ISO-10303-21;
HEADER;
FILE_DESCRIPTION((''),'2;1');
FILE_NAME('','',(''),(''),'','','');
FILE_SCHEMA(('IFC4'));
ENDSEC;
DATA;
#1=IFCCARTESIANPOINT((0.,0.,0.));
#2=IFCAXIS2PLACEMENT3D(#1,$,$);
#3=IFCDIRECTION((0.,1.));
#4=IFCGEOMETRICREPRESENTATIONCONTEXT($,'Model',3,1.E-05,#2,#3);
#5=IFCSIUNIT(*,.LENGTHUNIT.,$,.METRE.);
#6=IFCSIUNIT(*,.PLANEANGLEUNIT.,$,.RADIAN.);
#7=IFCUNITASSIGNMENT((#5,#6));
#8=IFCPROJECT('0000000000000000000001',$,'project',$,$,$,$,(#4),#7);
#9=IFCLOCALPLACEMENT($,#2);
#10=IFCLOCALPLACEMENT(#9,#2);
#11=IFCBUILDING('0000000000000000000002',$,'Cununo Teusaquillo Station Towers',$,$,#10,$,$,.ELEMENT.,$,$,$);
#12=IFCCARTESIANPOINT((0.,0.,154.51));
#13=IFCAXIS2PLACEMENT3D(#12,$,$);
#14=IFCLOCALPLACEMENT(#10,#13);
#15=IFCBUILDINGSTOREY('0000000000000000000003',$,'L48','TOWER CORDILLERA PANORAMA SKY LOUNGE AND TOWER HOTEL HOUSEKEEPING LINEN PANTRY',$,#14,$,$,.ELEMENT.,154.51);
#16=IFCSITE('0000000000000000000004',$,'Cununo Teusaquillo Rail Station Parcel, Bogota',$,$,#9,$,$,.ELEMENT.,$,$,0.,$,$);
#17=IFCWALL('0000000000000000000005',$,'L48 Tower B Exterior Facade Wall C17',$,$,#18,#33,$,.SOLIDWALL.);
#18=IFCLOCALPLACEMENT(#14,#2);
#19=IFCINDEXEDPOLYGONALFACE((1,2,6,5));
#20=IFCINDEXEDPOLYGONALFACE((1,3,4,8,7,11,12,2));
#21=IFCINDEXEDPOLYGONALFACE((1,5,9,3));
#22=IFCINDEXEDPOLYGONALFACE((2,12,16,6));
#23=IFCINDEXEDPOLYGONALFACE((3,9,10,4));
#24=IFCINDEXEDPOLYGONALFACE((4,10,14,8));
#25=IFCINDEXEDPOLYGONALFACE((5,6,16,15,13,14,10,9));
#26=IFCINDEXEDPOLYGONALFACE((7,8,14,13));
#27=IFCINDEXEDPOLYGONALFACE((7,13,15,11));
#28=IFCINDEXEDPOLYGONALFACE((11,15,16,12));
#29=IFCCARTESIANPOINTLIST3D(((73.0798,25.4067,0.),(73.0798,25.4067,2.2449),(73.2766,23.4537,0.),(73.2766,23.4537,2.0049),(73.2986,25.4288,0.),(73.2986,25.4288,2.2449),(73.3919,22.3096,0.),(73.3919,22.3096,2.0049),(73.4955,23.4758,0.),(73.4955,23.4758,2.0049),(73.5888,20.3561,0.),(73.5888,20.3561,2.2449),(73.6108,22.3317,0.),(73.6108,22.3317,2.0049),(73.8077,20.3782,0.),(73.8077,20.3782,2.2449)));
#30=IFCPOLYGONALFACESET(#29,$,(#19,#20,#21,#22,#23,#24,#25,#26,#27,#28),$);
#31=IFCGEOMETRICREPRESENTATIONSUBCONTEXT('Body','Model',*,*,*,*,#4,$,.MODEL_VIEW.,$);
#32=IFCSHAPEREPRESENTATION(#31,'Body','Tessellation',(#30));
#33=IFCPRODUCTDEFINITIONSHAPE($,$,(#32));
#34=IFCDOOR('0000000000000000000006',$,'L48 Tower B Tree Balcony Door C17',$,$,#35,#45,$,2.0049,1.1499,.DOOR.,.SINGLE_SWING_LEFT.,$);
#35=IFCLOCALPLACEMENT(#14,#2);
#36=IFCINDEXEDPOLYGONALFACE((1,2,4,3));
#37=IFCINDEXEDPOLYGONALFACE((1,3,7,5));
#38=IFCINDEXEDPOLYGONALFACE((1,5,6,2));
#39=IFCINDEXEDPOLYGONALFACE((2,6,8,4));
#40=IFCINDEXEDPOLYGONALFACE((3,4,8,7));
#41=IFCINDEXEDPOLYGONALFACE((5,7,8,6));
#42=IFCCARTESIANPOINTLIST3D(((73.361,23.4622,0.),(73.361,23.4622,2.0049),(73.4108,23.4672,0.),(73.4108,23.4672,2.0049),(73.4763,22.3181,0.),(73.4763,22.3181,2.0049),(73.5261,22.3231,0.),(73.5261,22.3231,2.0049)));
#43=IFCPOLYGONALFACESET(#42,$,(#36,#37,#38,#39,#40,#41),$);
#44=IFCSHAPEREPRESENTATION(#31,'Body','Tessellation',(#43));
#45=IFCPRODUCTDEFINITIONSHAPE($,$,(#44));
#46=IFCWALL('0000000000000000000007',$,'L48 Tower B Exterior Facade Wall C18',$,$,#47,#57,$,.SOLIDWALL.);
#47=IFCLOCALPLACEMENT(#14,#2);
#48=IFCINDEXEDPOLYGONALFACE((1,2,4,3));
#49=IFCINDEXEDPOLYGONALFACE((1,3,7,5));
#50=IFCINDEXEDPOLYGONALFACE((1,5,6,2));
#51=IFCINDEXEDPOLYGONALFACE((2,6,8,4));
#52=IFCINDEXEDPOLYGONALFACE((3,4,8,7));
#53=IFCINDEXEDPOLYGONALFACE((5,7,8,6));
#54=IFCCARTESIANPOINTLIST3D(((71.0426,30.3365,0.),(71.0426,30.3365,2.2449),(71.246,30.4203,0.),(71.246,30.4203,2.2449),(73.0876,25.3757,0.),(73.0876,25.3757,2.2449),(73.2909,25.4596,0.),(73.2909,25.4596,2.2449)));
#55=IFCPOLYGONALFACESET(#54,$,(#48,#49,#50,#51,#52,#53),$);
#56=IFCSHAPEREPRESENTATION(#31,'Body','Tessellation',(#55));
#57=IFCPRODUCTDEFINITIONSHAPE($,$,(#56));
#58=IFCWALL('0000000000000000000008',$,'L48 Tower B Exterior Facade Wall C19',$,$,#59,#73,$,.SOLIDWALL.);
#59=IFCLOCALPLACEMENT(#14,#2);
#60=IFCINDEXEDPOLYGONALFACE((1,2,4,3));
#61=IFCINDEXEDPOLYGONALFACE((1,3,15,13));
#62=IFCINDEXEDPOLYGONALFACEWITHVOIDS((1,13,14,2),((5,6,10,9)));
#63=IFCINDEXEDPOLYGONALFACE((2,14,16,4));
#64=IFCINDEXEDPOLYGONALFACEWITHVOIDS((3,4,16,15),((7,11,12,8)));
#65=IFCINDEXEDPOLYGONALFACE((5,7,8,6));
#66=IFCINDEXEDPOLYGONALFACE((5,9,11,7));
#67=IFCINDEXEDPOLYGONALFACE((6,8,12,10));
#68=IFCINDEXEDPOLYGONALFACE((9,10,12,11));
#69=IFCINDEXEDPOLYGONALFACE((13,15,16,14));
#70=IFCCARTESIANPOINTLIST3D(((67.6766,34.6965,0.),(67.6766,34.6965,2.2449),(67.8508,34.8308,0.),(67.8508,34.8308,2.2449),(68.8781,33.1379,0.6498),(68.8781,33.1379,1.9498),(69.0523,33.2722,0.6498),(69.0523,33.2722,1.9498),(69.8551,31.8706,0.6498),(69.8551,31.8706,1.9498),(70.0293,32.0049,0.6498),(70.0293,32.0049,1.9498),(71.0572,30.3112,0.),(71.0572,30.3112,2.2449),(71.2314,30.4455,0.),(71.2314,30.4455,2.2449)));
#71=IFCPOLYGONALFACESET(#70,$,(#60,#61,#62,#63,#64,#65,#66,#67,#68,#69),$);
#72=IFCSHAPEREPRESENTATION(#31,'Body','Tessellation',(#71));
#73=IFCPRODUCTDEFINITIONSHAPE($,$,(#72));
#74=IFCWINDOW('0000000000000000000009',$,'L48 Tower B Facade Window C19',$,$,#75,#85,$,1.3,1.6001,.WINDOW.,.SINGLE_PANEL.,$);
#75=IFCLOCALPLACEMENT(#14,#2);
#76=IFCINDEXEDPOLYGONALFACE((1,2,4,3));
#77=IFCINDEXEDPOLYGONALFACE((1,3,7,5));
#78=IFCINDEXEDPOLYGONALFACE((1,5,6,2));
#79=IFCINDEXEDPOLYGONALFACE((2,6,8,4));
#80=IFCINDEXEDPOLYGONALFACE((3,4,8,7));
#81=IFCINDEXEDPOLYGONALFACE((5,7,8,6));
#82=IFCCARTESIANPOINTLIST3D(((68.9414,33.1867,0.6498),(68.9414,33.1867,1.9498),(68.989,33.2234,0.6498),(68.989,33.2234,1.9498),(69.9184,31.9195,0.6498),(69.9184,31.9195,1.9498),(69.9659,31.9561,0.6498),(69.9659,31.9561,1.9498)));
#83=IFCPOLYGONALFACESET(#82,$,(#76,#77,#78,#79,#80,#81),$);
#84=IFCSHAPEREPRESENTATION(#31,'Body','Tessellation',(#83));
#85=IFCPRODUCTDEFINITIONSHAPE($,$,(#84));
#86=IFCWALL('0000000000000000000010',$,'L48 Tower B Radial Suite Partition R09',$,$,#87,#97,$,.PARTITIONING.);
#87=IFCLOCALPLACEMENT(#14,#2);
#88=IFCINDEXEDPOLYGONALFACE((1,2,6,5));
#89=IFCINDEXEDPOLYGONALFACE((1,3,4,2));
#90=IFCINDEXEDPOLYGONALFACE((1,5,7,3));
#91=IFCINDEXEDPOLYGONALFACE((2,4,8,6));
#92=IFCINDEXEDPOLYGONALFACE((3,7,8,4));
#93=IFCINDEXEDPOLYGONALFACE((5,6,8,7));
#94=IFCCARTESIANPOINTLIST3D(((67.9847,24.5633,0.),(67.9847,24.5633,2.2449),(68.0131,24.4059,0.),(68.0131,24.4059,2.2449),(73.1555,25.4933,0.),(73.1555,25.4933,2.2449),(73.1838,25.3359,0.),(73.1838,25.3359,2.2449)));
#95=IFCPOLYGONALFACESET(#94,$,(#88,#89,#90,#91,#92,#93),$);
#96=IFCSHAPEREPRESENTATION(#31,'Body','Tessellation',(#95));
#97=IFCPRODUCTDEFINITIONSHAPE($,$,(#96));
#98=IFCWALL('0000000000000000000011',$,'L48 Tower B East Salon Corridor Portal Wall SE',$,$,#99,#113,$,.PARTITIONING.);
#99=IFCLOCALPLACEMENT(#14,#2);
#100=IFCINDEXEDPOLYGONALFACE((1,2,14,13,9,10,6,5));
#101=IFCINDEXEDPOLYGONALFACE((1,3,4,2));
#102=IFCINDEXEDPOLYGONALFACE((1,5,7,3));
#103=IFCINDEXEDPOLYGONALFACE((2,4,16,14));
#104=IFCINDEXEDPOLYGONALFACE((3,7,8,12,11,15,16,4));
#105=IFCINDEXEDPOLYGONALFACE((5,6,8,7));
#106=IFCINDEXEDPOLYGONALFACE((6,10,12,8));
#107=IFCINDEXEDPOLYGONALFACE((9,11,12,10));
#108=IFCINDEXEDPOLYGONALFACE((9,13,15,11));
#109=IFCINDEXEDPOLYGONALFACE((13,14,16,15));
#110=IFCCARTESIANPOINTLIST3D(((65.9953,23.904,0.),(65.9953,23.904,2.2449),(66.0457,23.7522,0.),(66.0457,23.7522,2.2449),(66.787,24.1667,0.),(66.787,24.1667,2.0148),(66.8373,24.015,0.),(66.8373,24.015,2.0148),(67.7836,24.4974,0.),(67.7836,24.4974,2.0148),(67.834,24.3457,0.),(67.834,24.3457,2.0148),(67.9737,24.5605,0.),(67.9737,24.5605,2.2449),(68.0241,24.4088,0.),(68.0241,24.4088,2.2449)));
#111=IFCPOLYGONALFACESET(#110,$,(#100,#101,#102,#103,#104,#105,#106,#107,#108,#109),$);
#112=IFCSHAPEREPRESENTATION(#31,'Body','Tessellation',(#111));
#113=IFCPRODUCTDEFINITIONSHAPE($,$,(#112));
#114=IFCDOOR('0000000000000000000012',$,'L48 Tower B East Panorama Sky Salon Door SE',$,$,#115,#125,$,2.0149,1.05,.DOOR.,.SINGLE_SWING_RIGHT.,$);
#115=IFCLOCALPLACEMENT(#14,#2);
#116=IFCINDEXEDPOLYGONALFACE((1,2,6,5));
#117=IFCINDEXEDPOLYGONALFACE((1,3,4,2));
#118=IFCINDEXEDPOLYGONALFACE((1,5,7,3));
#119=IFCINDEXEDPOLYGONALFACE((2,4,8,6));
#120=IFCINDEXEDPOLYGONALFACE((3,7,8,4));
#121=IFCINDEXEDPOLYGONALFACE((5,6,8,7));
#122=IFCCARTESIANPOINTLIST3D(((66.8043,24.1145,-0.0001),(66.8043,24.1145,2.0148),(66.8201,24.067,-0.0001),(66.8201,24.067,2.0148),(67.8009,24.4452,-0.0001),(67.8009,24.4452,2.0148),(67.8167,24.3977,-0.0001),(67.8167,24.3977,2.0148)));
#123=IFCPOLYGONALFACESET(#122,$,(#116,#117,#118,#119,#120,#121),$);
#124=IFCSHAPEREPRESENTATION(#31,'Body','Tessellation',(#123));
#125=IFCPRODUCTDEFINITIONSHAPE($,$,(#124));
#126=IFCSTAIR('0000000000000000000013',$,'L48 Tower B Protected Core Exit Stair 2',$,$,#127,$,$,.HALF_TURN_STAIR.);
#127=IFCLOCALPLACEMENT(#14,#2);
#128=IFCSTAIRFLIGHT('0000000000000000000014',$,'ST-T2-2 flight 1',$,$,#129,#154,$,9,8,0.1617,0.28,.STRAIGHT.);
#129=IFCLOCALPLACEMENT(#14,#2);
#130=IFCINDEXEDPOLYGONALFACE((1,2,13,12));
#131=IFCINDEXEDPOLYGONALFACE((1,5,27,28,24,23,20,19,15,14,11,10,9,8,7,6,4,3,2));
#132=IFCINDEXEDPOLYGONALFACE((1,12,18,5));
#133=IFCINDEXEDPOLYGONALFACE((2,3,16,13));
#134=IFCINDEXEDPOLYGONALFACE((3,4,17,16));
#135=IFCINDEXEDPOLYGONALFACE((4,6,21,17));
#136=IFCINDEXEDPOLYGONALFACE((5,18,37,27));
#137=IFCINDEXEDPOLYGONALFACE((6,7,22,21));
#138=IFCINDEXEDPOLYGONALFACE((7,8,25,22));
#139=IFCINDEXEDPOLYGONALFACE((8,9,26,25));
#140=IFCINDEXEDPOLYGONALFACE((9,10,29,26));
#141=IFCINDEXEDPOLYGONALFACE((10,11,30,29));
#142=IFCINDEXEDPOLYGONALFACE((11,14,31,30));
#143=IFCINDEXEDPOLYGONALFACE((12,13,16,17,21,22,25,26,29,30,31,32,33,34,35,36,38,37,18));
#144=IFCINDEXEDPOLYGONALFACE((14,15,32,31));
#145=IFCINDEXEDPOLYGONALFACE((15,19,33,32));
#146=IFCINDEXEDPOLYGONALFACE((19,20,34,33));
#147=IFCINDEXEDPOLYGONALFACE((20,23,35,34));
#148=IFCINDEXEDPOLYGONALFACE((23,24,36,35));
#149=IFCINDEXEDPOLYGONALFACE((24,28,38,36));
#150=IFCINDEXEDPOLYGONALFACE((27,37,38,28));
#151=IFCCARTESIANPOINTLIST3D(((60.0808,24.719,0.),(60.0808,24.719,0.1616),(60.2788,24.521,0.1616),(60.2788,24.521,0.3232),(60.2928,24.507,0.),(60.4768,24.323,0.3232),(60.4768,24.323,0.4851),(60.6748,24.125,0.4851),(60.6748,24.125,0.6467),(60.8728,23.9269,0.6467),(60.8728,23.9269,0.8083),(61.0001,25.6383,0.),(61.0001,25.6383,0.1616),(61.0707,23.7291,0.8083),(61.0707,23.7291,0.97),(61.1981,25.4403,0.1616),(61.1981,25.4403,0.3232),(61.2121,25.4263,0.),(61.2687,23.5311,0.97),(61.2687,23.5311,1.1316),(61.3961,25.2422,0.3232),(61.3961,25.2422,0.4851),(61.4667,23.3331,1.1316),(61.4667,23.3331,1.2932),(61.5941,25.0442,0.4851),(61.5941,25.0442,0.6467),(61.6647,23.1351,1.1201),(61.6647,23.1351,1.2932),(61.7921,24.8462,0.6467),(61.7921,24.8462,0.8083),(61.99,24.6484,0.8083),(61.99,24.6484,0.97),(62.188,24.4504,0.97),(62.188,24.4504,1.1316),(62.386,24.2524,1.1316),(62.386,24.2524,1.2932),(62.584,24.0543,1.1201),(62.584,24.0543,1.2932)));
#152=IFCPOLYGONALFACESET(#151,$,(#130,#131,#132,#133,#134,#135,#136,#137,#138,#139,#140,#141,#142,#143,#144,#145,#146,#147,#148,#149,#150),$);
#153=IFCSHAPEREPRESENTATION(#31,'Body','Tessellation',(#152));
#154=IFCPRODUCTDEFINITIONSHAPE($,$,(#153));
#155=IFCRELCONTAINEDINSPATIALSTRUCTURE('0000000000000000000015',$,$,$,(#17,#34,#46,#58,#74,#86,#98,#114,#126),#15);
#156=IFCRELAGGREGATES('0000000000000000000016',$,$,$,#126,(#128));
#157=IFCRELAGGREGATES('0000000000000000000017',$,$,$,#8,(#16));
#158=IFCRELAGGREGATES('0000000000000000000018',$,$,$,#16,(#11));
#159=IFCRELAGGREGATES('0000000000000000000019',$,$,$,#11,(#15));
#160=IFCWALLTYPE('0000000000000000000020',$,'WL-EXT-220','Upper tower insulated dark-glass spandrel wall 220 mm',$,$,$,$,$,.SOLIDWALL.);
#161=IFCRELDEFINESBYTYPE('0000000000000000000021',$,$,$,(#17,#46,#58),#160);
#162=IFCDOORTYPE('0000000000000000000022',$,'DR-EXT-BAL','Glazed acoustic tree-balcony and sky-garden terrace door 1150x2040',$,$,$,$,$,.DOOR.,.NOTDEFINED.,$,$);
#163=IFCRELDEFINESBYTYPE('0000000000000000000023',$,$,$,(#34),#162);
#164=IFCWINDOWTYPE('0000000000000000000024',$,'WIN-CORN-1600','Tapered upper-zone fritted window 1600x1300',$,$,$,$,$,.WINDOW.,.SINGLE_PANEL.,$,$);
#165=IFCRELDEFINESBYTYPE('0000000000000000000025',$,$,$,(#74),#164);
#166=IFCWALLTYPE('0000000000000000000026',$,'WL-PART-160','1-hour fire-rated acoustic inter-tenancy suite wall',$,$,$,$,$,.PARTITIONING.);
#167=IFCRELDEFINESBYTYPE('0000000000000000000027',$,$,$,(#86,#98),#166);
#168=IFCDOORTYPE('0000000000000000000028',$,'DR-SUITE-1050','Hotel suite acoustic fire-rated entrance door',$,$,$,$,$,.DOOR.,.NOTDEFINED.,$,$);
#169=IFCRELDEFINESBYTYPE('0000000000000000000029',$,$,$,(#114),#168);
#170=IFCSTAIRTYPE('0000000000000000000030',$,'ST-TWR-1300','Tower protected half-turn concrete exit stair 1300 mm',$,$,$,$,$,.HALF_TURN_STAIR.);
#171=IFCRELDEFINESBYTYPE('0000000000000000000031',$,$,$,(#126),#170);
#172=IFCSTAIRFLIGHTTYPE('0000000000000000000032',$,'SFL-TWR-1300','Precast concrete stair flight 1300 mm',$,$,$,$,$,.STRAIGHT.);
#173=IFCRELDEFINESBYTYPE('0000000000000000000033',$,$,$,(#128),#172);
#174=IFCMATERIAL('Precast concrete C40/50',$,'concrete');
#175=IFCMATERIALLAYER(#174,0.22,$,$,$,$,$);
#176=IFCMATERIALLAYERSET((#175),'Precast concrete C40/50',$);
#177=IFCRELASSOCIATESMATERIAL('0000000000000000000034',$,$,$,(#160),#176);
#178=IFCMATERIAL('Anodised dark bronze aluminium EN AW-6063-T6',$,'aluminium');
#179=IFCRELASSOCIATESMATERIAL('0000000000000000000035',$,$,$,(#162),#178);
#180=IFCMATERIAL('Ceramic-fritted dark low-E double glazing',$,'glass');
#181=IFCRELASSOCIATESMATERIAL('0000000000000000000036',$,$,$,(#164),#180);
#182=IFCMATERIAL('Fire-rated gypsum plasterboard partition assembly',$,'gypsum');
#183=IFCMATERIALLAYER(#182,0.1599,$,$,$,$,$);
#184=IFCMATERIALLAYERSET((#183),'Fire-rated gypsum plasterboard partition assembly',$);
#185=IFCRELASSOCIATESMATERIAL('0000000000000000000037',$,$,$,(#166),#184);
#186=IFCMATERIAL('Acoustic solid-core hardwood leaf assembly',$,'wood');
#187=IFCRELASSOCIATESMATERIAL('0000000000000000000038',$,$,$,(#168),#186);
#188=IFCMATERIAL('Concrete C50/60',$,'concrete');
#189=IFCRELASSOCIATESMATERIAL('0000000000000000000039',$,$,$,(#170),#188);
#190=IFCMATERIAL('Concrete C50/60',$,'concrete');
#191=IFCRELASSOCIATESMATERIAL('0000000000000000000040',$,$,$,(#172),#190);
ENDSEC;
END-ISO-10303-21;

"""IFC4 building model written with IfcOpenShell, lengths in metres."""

from ifc_helpers import new_model, si_unit, direction, frame, frame_2d, origin, place, context, subcontext, project, spatial, polyline, rectangle, outline, extrude, source, transform, mapped, material, layer, layer_set, type_object, element, fill, aggregate, save


model = new_model("IFC4")

# Units and contexts
model_context = context("Model", 3, precision=1e-05, world=origin(), true_north=direction((0.0, 1.0)))
body_context = subcontext(model_context, "Body", "Model", "MODEL_VIEW")
ifc_project = project(units=[si_unit("LENGTHUNIT", "METRE"), si_unit("PLANEANGLEUNIT", "RADIAN")], contexts=[model_context])

# Site, building, storey
site_placement = place(None, origin())
site = spatial("IfcSite", under=ifc_project, at=site_placement, Name="Cununo Teusaquillo Rail Station Parcel, Bogota", CompositionType="ELEMENT", RefElevation=0.0)
building_placement = place(site_placement, origin())
building = spatial("IfcBuilding", under=site, at=building_placement, Name="Cununo Teusaquillo Station Towers", CompositionType="ELEMENT")
storey_placement = place(building_placement, frame((0.0, 0.0, 154.51)))
storey = spatial("IfcBuildingStorey", under=building, at=storey_placement, Name="L48", Description="TOWER CORDILLERA PANORAMA SKY LOUNGE AND TOWER HOTEL HOUSEKEEPING LINEN PANTRY", CompositionType="ELEMENT", Elevation=154.51)

# Wall, opening, door
ifc_material_1 = material(Name="Precast concrete C40/50", Category="concrete")
ifc_layer_1 = layer(ifc_material_1, 0.22)
ifc_layer_set_1 = layer_set([ifc_layer_1], Name="Precast concrete C40/50")
wall_type_1 = type_object("IfcWallType", Name="WL-EXT-220", Description="Upper tower insulated dark-glass spandrel wall 220 mm", PredefinedType="SOLIDWALL", material=ifc_layer_set_1)
wall_1_placement = place(storey_placement, frame((73.1892, 25.4177, 0.0), z_axis=(0.0, 0.0, 1.0), x_axis=(0.10028, -0.994959, 0.0)))
wall_1 = element("IfcWall", 1, at=wall_1_placement, inside=storey, type_object=wall_type_1, Name="L48 Tower B Exterior Facade Wall C17", PredefinedType="SOLIDWALL", context=body_context, shape_type="SweptSolid", body=[
    extrude(rectangle(XDim=5.0762, YDim=0.22, at=frame_2d((2.5381, 0.0))), origin(), (0.0, 0.0, 1.0), 2.2449),
])
shared_shape_1 = source(origin(), body_context, "Body", "SweptSolid", [
    extrude(rectangle(XDim=1.1499, YDim=2.0049, at=frame_2d((0.575, 1.0024))), frame((0.0, 0.1199, 0.0), z_axis=(0.0, -1.0, 0.0), x_axis=(1.0, 0.0, 0.0)), (0.0, 0.0, 1.0), 0.24),
])
opening_1_placement = place(wall_1_placement, frame((1.9629, 0.0, 0.0)))
opening_1 = element("IfcOpeningElement", 2, at=opening_1_placement, cuts=wall_1, PredefinedType="OPENING", context=body_context, shape_type="MappedRepresentation", body=[
    mapped(shared_shape_1, transform((0.0, 0.0, 0.0), x_axis=(1.0, 0.0, 0.0), y_axis=(0.0, 1.0, 0.0), z_axis=(0.0, 0.0, 1.0), scale=1.0)),
])
ifc_material_2 = material(Name="Anodised dark bronze aluminium EN AW-6063-T6", Category="aluminium")
door_type_1 = type_object("IfcDoorType", Name="DR-EXT-BAL", Description="Glazed acoustic tree-balcony and sky-garden terrace door 1150x2040", OperationType="NOTDEFINED", PredefinedType="DOOR", material=ifc_material_2)
shared_shape_2 = source(origin(), body_context, "Body", "SweptSolid", [
    extrude(rectangle(XDim=1.1499, YDim=2.0049, at=frame_2d((0.575, 1.0024))), frame((0.0, 0.0249, 0.0), z_axis=(0.0, -1.0, 0.0), x_axis=(1.0, 0.0, 0.0)), (0.0, 0.0, 1.0), 0.05),
])
door_1_placement = place(opening_1_placement, origin())
door_1 = element("IfcDoor", 3, at=door_1_placement, inside=storey, type_object=door_type_1, Name="L48 Tower B Tree Balcony Door C17", OperationType="SINGLE_SWING_LEFT", OverallHeight=2.0049, OverallWidth=1.1499, PredefinedType="DOOR", context=body_context, shape_type="MappedRepresentation", body=[
    mapped(shared_shape_2, transform((0.0, 0.0, 0.0), x_axis=(1.0, 0.0, 0.0), y_axis=(0.0, 1.0, 0.0), z_axis=(0.0, 0.0, 1.0), scale=1.0)),
])
fill(opening_1, door_1)

# Wall
wall_2_placement = place(storey_placement, frame((71.1443, 30.3784, 0.0), z_axis=(0.0, 0.0, 1.0), x_axis=(0.381114, -0.924528, 0.0)))
element("IfcWall", 4, at=wall_2_placement, inside=storey, type_object=wall_type_1, Name="L48 Tower B Exterior Facade Wall C18", PredefinedType="SOLIDWALL", context=body_context, shape_type="SweptSolid", body=[
    extrude(rectangle(XDim=5.3657, YDim=0.22, at=frame_2d((2.6829, 0.0))), origin(), (0.0, 0.0, 1.0), 2.2449),
])

# Wall, opening, window
wall_3_placement = place(storey_placement, frame((67.7637, 34.7637, 0.0), z_axis=(0.0, 0.0, 1.0), x_axis=(0.610544, -0.791983, 0.0)))
wall_3 = element("IfcWall", 5, at=wall_3_placement, inside=storey, type_object=wall_type_1, Name="L48 Tower B Exterior Facade Wall C19", PredefinedType="SOLIDWALL", context=body_context, shape_type="SweptSolid", body=[
    extrude(rectangle(XDim=5.5371, YDim=0.22, at=frame_2d((2.7686, 0.0))), origin(), (0.0, 0.0, 1.0), 2.2449),
])
shared_shape_3 = source(origin(), body_context, "Body", "SweptSolid", [
    extrude(rectangle(XDim=1.6001, YDim=1.3, at=frame_2d((0.8, 0.6499))), frame((0.0, 0.1199, 0.0), z_axis=(0.0, -1.0, 0.0), x_axis=(1.0, 0.0, 0.0)), (0.0, 0.0, 1.0), 0.24),
])
opening_2_placement = place(wall_3_placement, frame((1.968, 0.0, 0.6499)))
opening_2 = element("IfcOpeningElement", 6, at=opening_2_placement, cuts=wall_3, PredefinedType="OPENING", context=body_context, shape_type="MappedRepresentation", body=[
    mapped(shared_shape_3, transform((0.0, 0.0, 0.0), x_axis=(1.0, 0.0, 0.0), y_axis=(0.0, 1.0, 0.0), z_axis=(0.0, 0.0, 1.0), scale=1.0)),
])
ifc_material_3 = material(Name="Ceramic-fritted dark low-E double glazing", Category="glass")
window_type = type_object("IfcWindowType", Name="WIN-CORN-1600", Description="Tapered upper-zone fritted window 1600x1300", PartitioningType="SINGLE_PANEL", PredefinedType="WINDOW", material=ifc_material_3)
shared_shape_4 = source(origin(), body_context, "Body", "SweptSolid", [
    extrude(rectangle(XDim=1.6001, YDim=1.3, at=frame_2d((0.8, 0.6499))), frame((0.0, 0.03, 0.0), z_axis=(0.0, -1.0, 0.0), x_axis=(1.0, 0.0, 0.0)), (0.0, 0.0, 1.0), 0.0601),
])
window_placement = place(opening_2_placement, origin())
window = element("IfcWindow", 7, at=window_placement, inside=storey, type_object=window_type, Name="L48 Tower B Facade Window C19", OverallHeight=1.3, OverallWidth=1.6001, PartitioningType="SINGLE_PANEL", PredefinedType="WINDOW", context=body_context, shape_type="MappedRepresentation", body=[
    mapped(shared_shape_4, transform((0.0, 0.0, 0.0), x_axis=(1.0, 0.0, 0.0), y_axis=(0.0, 1.0, 0.0), z_axis=(0.0, 0.0, 1.0), scale=1.0)),
])
fill(opening_2, window)

# Wall
ifc_material_4 = material(Name="Fire-rated gypsum plasterboard partition assembly", Category="gypsum")
ifc_layer_2 = layer(ifc_material_4, 0.1599)
ifc_layer_set_2 = layer_set([ifc_layer_2], Name="Fire-rated gypsum plasterboard partition assembly")
wall_type_2 = type_object("IfcWallType", Name="WL-PART-160", Description="1-hour fire-rated acoustic inter-tenancy suite wall", PredefinedType="PARTITIONING", material=ifc_layer_set_2)
wall_4_placement = place(storey_placement, frame((67.9988, 24.4846, 0.0), z_axis=(0.0, 0.0, 1.0), x_axis=(0.984209, 0.177008, 0.0)))
element("IfcWall", 8, at=wall_4_placement, inside=storey, type_object=wall_type_2, Name="L48 Tower B Radial Suite Partition R09", PredefinedType="PARTITIONING", context=body_context, shape_type="SweptSolid", body=[
    extrude(rectangle(XDim=5.2537, YDim=0.1599, at=frame_2d((2.627, 0.0))), origin(), (0.0, 0.0, 1.0), 2.2449),
])

# Wall, opening, door
wall_5_placement = place(storey_placement, frame((66.0205, 23.8281, 0.0), z_axis=(0.0, 0.0, 1.0), x_axis=(0.949104, 0.314962, 0.0)))
wall_5 = element("IfcWall", 9, at=wall_5_placement, inside=storey, type_object=wall_type_2, Name="L48 Tower B East Salon Corridor Portal Wall SE", PredefinedType="PARTITIONING", context=body_context, shape_type="SweptSolid", body=[
    extrude(rectangle(XDim=2.0845, YDim=0.1599, at=frame_2d((1.0422, 0.0))), origin(), (0.0, 0.0, 1.0), 2.2449),
])
shared_shape_5 = source(origin(), body_context, "Body", "SweptSolid", [
    extrude(rectangle(XDim=1.05, YDim=2.0149, at=frame_2d((0.5249, 1.0073))), frame((0.0, 0.0898, 0.0), z_axis=(0.0, -1.0, 0.0), x_axis=(1.0, 0.0, 0.0)), (0.0, 0.0, 1.0), 0.1799),
])
opening_3_placement = place(wall_5_placement, frame((0.8342, 0.0, 0.0)))
opening_3 = element("IfcOpeningElement", 10, at=opening_3_placement, cuts=wall_5, PredefinedType="OPENING", context=body_context, shape_type="MappedRepresentation", body=[
    mapped(shared_shape_5, transform((0.0, 0.0, 0.0), x_axis=(1.0, 0.0, 0.0), y_axis=(0.0, 1.0, 0.0), z_axis=(0.0, 0.0, 1.0), scale=1.0)),
])
ifc_material_5 = material(Name="Acoustic solid-core hardwood leaf assembly", Category="wood")
door_type_2 = type_object("IfcDoorType", Name="DR-SUITE-1050", Description="Hotel suite acoustic fire-rated entrance door", OperationType="NOTDEFINED", PredefinedType="DOOR", material=ifc_material_5)
shared_shape_6 = source(origin(), body_context, "Body", "SweptSolid", [
    extrude(rectangle(XDim=1.05, YDim=2.0149, at=frame_2d((0.5249, 1.0073))), frame((0.0, 0.0249, 0.0), z_axis=(0.0, -1.0, 0.0), x_axis=(1.0, 0.0, 0.0)), (0.0, 0.0, 1.0), 0.05),
])
door_2_placement = place(opening_3_placement, origin())
door_2 = element("IfcDoor", 11, at=door_2_placement, inside=storey, type_object=door_type_2, Name="L48 Tower B East Panorama Sky Salon Door SE", OperationType="SINGLE_SWING_RIGHT", OverallHeight=2.0149, OverallWidth=1.05, PredefinedType="DOOR", context=body_context, shape_type="MappedRepresentation", body=[
    mapped(shared_shape_6, transform((0.0, 0.0, 0.0), x_axis=(1.0, 0.0, 0.0), y_axis=(0.0, 1.0, 0.0), z_axis=(0.0, 0.0, 1.0), scale=1.0)),
])
fill(opening_3, door_2)

# Stair, stair flight
ifc_material_6 = material(Name="Concrete C50/60", Category="concrete")
stair_type = type_object("IfcStairType", Name="ST-TWR-1300", Description="Tower protected half-turn concrete exit stair 1300 mm", PredefinedType="HALF_TURN_STAIR", material=ifc_material_6)
stair_placement = place(storey_placement, origin())
stair = element("IfcStair", 12, at=stair_placement, inside=storey, type_object=stair_type, Name="L48 Tower B Protected Core Exit Stair 2", PredefinedType="HALF_TURN_STAIR")
ifc_material_7 = material(Name="Concrete C50/60", Category="concrete")
stair_flight_type = type_object("IfcStairFlightType", Name="SFL-TWR-1300", Description="Precast concrete stair flight 1300 mm", PredefinedType="STRAIGHT", material=ifc_material_7)
stair_flight_1_placement = place(storey_placement, frame((60.5405, 25.1787, 0.0), z_axis=(0.0, 0.0, 1.0), x_axis=(0.707107, -0.707107, 0.0)))
stair_flight_1 = element("IfcStairFlight", 13, at=stair_flight_1_placement, type_object=stair_flight_type, Name="ST-T2-2 flight 1", NumberOfRisers=9, NumberOfTreads=8, PredefinedType="STRAIGHT", RiserHeight=0.1617, TreadLength=0.28, context=body_context, shape_type="SweptSolid", body=[
    extrude(outline(polyline([(0.0, 0.0), (0.0, 0.1616), (0.28, 0.1616), (0.28, 0.3232), (0.5601, 0.3232), (0.5601, 0.4851), (0.8401, 0.4851), (0.8401, 0.6467), (1.1201, 0.6467), (1.1201, 0.8083), (1.3999, 0.8083), (1.3999, 0.97), (1.6799, 0.97), (1.6799, 1.1316), (1.96, 1.1316), (1.96, 1.2932), (2.24, 1.2932), (2.24, 1.4551), (2.24, 1.1201), (0.2998, 0.0), (0.0, 0.0)])), frame((0.0, 0.6499, 0.0), z_axis=(0.0, -1.0, 0.0), x_axis=(1.0, 0.0, 0.0)), (0.0, 0.0, 1.0), 1.3),
])
aggregate(stair, [stair_flight_1])

save(model, "model.ifc")
